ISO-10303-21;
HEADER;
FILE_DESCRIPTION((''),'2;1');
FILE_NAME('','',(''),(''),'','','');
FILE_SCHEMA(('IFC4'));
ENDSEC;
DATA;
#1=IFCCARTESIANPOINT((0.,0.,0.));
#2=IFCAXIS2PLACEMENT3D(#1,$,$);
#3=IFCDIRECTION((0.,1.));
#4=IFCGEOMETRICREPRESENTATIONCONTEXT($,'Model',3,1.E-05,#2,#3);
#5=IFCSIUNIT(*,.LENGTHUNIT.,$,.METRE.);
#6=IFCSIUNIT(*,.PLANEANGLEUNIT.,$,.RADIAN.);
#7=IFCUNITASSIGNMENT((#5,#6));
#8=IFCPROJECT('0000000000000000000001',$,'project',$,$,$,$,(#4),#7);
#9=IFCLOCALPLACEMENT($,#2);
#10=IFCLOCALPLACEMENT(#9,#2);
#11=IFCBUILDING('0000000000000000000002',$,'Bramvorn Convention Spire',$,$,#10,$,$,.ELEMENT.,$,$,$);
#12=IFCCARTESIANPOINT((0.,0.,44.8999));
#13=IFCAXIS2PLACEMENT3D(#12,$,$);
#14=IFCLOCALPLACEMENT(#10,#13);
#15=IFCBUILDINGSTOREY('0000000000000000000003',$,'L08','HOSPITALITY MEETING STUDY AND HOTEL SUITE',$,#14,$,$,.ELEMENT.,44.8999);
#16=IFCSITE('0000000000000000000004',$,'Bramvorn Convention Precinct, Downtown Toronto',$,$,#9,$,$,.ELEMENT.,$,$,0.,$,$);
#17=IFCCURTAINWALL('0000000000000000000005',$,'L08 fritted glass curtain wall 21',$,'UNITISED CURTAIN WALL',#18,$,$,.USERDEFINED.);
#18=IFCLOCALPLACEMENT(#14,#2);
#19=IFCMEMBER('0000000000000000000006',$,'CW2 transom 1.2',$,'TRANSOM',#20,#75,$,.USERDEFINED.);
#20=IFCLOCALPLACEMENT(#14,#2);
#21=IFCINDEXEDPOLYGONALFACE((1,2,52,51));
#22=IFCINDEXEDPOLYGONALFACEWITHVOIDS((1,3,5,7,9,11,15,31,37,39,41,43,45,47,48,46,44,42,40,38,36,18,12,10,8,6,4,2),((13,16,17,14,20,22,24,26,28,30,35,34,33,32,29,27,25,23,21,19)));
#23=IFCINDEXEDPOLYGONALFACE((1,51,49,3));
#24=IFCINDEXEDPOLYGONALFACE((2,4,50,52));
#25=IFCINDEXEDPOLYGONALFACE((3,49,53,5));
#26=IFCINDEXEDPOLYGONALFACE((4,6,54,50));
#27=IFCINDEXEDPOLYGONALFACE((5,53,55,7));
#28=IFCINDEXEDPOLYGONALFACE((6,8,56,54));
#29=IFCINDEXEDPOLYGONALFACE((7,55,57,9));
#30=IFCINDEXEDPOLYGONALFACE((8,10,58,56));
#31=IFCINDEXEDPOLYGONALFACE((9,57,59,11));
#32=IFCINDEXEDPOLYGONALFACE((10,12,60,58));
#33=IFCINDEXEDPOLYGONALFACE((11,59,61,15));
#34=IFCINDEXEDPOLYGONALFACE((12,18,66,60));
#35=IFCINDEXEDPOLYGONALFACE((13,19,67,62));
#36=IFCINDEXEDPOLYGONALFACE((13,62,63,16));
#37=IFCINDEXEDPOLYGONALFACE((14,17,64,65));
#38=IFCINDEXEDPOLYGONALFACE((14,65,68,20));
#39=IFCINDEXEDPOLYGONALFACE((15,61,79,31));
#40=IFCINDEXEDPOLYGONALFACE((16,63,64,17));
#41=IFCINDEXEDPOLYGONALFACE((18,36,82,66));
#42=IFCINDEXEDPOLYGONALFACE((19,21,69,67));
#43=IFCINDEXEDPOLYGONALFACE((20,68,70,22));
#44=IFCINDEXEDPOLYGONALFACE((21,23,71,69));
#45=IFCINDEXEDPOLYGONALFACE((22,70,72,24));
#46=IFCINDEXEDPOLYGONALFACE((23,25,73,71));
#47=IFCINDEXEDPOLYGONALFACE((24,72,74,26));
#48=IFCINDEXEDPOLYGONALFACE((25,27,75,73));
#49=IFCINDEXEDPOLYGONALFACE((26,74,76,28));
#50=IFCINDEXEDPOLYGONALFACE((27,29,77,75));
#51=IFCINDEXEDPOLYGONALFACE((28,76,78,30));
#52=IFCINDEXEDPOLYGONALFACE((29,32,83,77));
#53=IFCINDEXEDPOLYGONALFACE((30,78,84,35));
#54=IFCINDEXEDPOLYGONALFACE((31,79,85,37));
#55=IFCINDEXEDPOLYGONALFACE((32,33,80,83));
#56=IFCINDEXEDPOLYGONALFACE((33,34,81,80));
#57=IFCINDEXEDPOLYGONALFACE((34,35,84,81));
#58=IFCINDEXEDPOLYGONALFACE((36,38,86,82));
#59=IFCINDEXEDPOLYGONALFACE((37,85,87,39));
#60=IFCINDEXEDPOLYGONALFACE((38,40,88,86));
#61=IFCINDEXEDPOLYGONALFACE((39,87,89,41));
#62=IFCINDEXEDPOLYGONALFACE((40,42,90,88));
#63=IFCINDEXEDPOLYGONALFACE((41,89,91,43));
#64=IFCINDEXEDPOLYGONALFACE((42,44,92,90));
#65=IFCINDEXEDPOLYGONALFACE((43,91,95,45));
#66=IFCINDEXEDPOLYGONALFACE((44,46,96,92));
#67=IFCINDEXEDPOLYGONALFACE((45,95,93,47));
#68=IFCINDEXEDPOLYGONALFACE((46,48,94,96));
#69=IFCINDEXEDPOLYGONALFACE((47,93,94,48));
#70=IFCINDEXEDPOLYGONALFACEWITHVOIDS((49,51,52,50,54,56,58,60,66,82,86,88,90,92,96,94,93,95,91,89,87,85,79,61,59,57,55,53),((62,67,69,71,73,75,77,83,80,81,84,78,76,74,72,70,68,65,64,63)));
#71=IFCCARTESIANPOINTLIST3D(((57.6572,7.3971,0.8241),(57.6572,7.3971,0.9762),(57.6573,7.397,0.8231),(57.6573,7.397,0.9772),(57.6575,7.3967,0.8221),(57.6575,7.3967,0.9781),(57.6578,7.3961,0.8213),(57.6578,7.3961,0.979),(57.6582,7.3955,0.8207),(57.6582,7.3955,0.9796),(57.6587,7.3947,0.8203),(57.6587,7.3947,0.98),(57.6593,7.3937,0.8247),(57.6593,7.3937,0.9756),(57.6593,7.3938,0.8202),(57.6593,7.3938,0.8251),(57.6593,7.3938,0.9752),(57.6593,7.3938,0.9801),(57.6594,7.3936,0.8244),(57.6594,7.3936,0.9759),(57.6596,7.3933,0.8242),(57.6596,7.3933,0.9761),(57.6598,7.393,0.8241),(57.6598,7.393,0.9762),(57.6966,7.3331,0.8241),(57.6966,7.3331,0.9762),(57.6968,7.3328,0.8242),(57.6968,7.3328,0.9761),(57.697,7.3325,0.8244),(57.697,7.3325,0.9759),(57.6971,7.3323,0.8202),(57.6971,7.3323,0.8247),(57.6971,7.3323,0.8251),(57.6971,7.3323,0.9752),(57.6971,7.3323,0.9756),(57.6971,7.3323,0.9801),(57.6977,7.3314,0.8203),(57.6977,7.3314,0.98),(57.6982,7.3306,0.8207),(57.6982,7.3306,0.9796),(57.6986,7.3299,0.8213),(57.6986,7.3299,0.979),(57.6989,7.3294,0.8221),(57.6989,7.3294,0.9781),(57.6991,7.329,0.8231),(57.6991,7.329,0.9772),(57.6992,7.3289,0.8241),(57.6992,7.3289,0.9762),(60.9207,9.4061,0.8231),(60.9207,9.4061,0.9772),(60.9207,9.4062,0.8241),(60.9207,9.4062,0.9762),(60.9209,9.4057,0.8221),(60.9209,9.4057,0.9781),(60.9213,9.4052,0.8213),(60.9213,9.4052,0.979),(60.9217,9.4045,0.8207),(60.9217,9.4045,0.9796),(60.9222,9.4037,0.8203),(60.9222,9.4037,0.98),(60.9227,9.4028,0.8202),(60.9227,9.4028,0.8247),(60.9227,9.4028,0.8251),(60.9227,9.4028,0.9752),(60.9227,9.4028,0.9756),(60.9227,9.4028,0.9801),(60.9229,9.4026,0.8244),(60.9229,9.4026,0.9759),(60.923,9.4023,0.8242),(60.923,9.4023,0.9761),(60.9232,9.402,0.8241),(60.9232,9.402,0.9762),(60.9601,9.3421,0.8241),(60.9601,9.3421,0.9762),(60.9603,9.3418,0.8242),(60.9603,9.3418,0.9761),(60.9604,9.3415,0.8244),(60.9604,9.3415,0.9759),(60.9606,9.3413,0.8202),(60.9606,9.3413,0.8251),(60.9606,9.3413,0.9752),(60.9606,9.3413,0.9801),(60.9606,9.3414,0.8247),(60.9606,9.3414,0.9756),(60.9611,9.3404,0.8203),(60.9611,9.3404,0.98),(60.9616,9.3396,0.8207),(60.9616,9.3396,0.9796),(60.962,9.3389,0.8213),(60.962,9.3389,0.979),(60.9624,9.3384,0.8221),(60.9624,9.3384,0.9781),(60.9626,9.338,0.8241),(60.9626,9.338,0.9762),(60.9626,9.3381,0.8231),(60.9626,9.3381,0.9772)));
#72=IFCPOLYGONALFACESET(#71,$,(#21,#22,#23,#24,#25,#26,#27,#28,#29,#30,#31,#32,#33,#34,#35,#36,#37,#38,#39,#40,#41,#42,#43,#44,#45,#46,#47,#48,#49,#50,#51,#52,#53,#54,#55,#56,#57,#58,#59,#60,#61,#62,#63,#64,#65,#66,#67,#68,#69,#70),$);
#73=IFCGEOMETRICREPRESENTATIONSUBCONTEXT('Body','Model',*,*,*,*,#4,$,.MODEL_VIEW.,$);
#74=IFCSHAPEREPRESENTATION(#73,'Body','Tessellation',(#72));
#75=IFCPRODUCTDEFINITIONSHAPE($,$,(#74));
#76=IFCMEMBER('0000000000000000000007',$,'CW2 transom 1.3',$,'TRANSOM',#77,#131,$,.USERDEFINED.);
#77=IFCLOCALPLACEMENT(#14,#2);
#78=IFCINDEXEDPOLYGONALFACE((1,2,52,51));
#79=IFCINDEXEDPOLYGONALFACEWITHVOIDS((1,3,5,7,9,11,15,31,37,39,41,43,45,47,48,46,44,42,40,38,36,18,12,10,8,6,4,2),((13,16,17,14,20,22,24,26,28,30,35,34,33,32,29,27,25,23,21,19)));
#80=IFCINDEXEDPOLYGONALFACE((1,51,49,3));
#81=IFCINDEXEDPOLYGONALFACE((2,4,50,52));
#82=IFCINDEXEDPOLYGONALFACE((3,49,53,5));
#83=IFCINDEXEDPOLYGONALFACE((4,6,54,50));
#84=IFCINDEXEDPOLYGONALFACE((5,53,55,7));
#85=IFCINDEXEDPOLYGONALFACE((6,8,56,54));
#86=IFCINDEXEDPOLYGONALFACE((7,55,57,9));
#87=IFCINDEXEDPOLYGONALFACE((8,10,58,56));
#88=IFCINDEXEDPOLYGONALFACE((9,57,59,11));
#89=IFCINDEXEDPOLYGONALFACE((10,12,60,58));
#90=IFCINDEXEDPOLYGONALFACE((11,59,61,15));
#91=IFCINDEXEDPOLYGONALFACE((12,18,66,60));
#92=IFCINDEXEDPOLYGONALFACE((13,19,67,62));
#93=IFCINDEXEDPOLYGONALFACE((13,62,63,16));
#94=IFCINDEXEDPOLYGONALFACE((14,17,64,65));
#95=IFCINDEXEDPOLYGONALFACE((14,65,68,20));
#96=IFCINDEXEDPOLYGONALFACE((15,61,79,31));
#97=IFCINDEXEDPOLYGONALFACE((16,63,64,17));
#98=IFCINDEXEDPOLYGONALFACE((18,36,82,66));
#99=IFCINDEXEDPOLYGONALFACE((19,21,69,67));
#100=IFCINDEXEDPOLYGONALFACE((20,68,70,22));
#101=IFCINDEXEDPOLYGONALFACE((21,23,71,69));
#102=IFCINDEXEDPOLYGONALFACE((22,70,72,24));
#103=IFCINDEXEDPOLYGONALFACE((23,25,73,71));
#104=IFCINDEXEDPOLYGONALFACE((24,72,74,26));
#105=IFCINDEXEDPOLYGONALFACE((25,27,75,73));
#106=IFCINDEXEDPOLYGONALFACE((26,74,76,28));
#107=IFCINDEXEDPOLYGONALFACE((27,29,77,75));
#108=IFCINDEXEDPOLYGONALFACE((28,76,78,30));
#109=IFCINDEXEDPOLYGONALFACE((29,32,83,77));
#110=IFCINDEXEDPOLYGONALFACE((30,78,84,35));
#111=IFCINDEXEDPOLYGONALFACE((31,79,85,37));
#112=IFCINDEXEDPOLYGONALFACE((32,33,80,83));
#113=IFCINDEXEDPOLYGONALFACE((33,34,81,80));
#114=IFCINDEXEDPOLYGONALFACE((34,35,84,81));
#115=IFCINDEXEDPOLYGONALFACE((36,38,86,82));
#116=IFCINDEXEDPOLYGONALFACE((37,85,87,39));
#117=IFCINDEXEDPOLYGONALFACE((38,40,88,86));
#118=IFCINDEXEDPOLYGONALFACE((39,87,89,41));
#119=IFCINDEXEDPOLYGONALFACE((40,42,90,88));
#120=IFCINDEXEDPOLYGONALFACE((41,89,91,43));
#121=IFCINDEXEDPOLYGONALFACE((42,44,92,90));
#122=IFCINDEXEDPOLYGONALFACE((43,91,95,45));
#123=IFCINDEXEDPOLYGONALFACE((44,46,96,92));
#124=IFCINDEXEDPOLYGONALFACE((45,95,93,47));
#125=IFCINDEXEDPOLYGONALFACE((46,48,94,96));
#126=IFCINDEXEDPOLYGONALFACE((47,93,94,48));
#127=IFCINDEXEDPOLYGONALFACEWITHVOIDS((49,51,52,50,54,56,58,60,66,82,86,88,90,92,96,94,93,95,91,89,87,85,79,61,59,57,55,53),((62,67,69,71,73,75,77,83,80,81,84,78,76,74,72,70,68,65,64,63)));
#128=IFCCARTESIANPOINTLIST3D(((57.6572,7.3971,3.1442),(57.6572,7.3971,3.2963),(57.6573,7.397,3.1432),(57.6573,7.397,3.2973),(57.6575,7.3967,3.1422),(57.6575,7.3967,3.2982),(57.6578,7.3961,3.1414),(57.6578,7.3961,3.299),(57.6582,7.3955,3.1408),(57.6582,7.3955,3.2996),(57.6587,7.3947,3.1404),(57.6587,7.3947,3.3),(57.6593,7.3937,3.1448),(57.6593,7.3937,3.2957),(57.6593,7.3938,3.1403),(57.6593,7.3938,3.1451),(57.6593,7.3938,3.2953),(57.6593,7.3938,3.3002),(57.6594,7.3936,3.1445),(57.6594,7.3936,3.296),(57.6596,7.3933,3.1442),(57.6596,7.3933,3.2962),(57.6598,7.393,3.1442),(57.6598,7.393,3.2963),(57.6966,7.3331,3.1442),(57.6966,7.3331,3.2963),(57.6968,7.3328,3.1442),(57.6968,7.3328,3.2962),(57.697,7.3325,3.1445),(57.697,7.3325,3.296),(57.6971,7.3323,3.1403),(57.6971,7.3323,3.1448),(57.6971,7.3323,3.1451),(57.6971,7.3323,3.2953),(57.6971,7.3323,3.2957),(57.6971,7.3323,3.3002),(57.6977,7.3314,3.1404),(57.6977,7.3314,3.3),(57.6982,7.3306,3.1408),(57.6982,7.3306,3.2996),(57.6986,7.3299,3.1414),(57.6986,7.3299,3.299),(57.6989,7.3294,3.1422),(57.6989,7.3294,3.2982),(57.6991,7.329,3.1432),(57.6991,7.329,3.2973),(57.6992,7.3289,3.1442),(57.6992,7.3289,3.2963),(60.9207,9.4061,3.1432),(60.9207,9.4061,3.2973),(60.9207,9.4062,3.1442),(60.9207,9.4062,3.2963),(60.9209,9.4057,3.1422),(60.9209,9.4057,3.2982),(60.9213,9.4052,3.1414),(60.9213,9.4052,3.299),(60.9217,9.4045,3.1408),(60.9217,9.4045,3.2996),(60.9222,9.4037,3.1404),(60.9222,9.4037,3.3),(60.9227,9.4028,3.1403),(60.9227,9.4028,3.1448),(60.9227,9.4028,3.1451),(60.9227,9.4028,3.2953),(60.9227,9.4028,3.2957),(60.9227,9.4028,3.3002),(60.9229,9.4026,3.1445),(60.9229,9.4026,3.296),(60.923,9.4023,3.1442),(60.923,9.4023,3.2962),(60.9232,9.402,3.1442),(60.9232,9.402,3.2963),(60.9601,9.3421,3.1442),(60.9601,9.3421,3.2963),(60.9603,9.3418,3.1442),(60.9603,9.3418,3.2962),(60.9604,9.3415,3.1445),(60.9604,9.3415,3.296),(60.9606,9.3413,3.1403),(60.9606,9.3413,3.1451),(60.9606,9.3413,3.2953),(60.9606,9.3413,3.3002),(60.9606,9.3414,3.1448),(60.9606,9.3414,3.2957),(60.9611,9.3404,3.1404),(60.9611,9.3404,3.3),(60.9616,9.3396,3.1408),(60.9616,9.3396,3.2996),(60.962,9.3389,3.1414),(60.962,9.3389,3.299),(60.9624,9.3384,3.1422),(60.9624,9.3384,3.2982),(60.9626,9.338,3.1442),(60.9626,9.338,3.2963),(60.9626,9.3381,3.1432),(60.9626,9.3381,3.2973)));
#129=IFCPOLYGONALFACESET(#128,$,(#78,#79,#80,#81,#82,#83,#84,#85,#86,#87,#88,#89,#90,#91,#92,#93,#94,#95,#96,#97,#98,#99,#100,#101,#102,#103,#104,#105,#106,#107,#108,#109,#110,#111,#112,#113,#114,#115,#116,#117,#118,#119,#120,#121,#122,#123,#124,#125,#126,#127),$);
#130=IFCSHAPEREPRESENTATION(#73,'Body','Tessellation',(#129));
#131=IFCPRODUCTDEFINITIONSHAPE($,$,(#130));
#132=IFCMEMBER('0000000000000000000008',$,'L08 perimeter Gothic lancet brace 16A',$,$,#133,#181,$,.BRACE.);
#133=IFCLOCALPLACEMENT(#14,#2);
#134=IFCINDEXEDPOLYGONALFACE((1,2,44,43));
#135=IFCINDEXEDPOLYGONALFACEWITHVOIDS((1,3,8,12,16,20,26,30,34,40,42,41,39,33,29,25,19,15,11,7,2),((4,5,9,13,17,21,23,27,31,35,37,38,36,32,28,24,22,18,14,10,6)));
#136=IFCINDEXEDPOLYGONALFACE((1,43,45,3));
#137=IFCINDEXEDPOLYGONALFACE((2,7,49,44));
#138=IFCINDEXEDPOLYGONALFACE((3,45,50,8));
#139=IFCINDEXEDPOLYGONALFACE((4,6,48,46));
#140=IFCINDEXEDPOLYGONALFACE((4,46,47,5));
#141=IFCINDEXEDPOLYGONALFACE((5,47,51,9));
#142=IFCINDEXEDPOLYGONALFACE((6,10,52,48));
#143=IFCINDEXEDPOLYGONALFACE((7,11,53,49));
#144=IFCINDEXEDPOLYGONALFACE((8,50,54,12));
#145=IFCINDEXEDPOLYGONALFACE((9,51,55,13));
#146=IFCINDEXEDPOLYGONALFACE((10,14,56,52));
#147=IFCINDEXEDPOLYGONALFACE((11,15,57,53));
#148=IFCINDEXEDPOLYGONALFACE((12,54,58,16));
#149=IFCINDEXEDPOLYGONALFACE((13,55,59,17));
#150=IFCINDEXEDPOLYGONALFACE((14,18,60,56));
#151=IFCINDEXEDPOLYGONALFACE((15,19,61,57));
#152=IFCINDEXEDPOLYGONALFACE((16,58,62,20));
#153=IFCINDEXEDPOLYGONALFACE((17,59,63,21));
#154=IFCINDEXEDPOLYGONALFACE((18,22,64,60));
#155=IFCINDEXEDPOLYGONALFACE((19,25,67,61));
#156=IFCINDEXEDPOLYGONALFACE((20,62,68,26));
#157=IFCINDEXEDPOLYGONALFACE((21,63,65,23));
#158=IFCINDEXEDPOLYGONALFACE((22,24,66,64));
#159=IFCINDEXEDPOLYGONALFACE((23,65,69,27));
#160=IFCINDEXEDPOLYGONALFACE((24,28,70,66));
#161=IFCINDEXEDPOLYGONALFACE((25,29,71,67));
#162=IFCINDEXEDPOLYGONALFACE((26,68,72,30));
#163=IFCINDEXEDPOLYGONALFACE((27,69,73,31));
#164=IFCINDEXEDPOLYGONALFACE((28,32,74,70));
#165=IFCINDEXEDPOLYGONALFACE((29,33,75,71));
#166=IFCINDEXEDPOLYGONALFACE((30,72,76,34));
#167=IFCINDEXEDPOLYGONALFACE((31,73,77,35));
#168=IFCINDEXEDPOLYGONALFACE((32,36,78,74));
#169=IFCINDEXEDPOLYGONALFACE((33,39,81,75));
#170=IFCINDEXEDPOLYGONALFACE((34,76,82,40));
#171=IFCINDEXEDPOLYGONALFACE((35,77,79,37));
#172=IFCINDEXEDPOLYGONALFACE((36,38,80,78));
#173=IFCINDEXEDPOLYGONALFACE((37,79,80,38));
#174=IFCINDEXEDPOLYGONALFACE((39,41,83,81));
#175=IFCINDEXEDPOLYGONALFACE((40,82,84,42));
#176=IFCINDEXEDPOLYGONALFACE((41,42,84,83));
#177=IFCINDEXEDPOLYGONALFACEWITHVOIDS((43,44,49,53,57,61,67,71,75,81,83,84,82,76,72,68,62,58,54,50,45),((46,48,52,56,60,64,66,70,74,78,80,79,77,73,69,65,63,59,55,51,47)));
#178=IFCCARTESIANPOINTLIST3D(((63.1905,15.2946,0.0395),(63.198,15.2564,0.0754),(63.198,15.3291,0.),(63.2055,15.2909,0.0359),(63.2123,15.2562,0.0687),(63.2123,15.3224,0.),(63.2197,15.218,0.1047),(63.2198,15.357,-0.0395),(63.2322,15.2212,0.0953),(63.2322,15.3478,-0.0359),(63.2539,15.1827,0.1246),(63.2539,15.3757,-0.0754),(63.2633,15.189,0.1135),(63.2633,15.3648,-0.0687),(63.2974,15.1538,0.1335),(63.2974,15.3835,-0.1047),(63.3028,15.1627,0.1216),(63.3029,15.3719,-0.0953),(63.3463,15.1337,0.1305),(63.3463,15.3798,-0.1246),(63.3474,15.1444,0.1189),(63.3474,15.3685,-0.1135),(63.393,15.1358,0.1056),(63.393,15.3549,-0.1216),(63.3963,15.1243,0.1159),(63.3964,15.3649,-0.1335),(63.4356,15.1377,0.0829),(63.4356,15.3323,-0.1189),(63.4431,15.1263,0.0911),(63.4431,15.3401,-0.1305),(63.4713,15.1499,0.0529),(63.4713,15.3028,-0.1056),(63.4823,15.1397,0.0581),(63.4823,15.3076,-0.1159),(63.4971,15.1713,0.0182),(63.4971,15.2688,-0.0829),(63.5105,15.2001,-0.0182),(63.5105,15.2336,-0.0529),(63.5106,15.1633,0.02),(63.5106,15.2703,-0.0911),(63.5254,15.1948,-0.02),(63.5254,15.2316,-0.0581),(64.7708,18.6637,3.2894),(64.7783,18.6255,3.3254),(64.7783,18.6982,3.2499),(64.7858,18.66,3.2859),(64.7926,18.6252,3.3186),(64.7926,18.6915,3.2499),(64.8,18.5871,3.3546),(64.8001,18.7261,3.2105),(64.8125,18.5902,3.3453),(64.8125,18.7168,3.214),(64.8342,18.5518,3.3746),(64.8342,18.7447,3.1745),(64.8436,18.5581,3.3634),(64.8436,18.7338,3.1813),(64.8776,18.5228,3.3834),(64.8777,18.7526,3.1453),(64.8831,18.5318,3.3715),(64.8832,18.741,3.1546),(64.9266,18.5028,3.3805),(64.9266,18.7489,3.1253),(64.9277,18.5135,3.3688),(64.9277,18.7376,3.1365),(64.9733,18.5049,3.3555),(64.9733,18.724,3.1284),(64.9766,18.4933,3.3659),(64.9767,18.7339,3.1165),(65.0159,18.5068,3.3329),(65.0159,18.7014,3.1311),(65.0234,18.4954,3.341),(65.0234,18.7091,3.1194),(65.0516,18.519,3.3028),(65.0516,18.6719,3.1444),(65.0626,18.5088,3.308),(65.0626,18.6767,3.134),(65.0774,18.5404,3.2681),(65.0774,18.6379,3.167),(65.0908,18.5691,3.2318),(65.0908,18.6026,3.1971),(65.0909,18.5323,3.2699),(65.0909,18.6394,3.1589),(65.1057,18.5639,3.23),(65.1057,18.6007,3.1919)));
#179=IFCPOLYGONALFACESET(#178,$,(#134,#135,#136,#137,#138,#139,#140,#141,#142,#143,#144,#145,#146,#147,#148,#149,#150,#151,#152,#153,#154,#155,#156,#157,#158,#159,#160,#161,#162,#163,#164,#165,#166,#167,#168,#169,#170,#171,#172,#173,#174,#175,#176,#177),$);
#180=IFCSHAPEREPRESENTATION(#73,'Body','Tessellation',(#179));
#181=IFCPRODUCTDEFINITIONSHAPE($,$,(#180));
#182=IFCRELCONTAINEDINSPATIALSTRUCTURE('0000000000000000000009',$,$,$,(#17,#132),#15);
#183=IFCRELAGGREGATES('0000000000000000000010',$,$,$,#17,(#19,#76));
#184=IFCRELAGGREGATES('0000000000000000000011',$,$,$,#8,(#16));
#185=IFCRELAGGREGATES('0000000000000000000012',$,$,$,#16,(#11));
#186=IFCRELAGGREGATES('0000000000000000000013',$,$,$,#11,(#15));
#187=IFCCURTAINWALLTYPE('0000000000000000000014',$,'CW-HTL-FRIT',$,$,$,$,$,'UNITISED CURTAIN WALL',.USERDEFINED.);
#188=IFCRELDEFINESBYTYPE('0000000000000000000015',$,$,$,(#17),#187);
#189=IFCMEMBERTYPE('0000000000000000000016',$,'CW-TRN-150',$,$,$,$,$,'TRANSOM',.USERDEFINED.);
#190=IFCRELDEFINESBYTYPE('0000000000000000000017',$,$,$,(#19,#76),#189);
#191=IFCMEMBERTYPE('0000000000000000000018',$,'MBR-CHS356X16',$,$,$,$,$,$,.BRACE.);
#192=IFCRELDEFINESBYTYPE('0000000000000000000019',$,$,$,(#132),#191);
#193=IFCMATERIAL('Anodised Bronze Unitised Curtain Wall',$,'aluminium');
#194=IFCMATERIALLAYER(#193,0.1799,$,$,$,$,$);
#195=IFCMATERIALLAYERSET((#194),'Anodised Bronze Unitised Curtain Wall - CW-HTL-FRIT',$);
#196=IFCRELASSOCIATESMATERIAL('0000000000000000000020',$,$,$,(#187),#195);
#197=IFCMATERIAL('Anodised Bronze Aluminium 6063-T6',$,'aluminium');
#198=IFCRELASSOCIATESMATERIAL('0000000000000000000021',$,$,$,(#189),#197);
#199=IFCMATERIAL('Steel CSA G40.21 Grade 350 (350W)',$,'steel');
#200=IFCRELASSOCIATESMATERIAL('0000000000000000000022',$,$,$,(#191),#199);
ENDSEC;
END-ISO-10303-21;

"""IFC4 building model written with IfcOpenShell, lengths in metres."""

from ifc_helpers import new_model, si_unit, direction, frame, origin, origin_2d, place, context, subcontext, project, spatial, hollow_rectangle, hollow_circle, extrude, material, layer, layer_set, material_profile, profile_set, type_object, element, aggregate, save


model = new_model("IFC4")

# Units and contexts
model_context = context("Model", 3, precision=1e-05, world=origin(), true_north=direction((0.0, 1.0)))
body_context = subcontext(model_context, "Body", "Model", "MODEL_VIEW")
ifc_project = project(units=[si_unit("LENGTHUNIT", "METRE"), si_unit("PLANEANGLEUNIT", "RADIAN")], contexts=[model_context])

# Site, building, storey
site_placement = place(None, origin())
site = spatial("IfcSite", under=ifc_project, at=site_placement, Name="Bramvorn Convention Precinct, Downtown Toronto", CompositionType="ELEMENT", RefElevation=0.0)
building_placement = place(site_placement, origin())
building = spatial("IfcBuilding", under=site, at=building_placement, Name="Bramvorn Convention Spire", CompositionType="ELEMENT")
storey_placement = place(building_placement, frame((0.0, 0.0, 44.8999)))
storey = spatial("IfcBuildingStorey", under=building, at=storey_placement, Name="L08", Description="HOSPITALITY MEETING STUDY AND HOTEL SUITE", CompositionType="ELEMENT", Elevation=44.8999)

# Shared definitions
ifc_material_1 = material(Name="Steel CSA G40.21 Grade 350 (350W)", Category="steel")

# Curtain wall, members
ifc_material_2 = material(Name="Anodised Bronze Unitised Curtain Wall", Category="aluminium")
ifc_layer_1 = layer(ifc_material_2, 0.1799)
ifc_layer_set_1 = layer_set([ifc_layer_1], Name="Anodised Bronze Unitised Curtain Wall - CW-HTL-FRIT")
curtain_wall_type = type_object("IfcCurtainWallType", Name="CW-HTL-FRIT", ElementType="UNITISED CURTAIN WALL", PredefinedType="USERDEFINED", material=ifc_layer_set_1)
curtain_wall_placement = place(storey_placement, origin())
curtain_wall = element("IfcCurtainWall", 1, at=curtain_wall_placement, inside=storey, type_object=curtain_wall_type, Name="L08 fritted glass curtain wall 21", ObjectType="UNITISED CURTAIN WALL", PredefinedType="USERDEFINED")
ifc_material_3 = material(Name="Anodised Bronze Aluminium 6063-T6", Category="aluminium")
ifc_material_profile_1 = material_profile(ifc_material_3, hollow_rectangle(XDim=0.0801, YDim=0.1599, WallThickness=0.0039, InnerFilletRadius=0.001, OuterFilletRadius=0.0039, at=origin_2d()))
ifc_profile_set_1 = profile_set([ifc_material_profile_1], Name="Anodised Bronze Aluminium 6063-T6 - CWT80X160")
member_type_1 = type_object("IfcMemberType", Name="CW-TRN-150", ElementType="TRANSOM", PredefinedType="USERDEFINED", material=ifc_profile_set_1)
member_1_placement = place(storey_placement, frame((60.9417, 9.3721, 0.9001), z_axis=(-0.851569, -0.524243, 0.0), x_axis=(0.524243, -0.851569, 0.0)))
member_1 = element("IfcMember", 2, at=member_1_placement, type_object=member_type_1, Name="CW2 transom 1.2", ObjectType="TRANSOM", PredefinedType="USERDEFINED", context=body_context, shape_type="SweptSolid", body=[
    extrude(hollow_rectangle(XDim=0.0801, YDim=0.1599, WallThickness=0.0039, InnerFilletRadius=0.001, OuterFilletRadius=0.0039, at=origin_2d()), origin(), (0.0, 0.0, 1.0), 3.8323),
])
member_2_placement = place(storey_placement, frame((60.9417, 9.3721, 3.2202), z_axis=(-0.851569, -0.524243, 0.0), x_axis=(0.524243, -0.851569, 0.0)))
member_2 = element("IfcMember", 3, at=member_2_placement, type_object=member_type_1, Name="CW2 transom 1.3", ObjectType="TRANSOM", PredefinedType="USERDEFINED", context=body_context, shape_type="SweptSolid", body=[
    extrude(hollow_rectangle(XDim=0.0801, YDim=0.1599, WallThickness=0.0039, InnerFilletRadius=0.001, OuterFilletRadius=0.0039, at=origin_2d()), origin(), (0.0, 0.0, 1.0), 3.8323),
])

# Member
ifc_material_profile_2 = material_profile(ifc_material_1, hollow_circle(Radius=0.1777, WallThickness=0.0159, at=origin_2d()))
ifc_profile_set_2 = profile_set([ifc_material_profile_2], Name="Steel CSA G40.21 Grade 350 (350W) - CHS356X16")
member_type_2 = type_object("IfcMemberType", Name="MBR-CHS356X16", PredefinedType="BRACE", material=ifc_profile_set_2)
for number, where, z_axis, x_axis, name in (
    (4, (63.3589, 15.2537, 0.0), (0.319855, 0.681909, 0.657795), (-0.905352, 0.424662, 0.0), "L08 perimeter Gothic lancet brace 16A"),
):
    element("IfcMember", number, at=place(storey_placement, frame(where, z_axis=z_axis, x_axis=x_axis)), inside=storey, type_object=member_type_2, Name=name, PredefinedType="BRACE", context=body_context, shape_type="SweptSolid", body=[
        extrude(hollow_circle(Radius=0.1777, WallThickness=0.0159, at=origin_2d()), origin(), (0.0, 0.0, 1.0), 4.9407),
    ])

aggregate(curtain_wall, [member_1, member_2])

save(model, "model.ifc")
